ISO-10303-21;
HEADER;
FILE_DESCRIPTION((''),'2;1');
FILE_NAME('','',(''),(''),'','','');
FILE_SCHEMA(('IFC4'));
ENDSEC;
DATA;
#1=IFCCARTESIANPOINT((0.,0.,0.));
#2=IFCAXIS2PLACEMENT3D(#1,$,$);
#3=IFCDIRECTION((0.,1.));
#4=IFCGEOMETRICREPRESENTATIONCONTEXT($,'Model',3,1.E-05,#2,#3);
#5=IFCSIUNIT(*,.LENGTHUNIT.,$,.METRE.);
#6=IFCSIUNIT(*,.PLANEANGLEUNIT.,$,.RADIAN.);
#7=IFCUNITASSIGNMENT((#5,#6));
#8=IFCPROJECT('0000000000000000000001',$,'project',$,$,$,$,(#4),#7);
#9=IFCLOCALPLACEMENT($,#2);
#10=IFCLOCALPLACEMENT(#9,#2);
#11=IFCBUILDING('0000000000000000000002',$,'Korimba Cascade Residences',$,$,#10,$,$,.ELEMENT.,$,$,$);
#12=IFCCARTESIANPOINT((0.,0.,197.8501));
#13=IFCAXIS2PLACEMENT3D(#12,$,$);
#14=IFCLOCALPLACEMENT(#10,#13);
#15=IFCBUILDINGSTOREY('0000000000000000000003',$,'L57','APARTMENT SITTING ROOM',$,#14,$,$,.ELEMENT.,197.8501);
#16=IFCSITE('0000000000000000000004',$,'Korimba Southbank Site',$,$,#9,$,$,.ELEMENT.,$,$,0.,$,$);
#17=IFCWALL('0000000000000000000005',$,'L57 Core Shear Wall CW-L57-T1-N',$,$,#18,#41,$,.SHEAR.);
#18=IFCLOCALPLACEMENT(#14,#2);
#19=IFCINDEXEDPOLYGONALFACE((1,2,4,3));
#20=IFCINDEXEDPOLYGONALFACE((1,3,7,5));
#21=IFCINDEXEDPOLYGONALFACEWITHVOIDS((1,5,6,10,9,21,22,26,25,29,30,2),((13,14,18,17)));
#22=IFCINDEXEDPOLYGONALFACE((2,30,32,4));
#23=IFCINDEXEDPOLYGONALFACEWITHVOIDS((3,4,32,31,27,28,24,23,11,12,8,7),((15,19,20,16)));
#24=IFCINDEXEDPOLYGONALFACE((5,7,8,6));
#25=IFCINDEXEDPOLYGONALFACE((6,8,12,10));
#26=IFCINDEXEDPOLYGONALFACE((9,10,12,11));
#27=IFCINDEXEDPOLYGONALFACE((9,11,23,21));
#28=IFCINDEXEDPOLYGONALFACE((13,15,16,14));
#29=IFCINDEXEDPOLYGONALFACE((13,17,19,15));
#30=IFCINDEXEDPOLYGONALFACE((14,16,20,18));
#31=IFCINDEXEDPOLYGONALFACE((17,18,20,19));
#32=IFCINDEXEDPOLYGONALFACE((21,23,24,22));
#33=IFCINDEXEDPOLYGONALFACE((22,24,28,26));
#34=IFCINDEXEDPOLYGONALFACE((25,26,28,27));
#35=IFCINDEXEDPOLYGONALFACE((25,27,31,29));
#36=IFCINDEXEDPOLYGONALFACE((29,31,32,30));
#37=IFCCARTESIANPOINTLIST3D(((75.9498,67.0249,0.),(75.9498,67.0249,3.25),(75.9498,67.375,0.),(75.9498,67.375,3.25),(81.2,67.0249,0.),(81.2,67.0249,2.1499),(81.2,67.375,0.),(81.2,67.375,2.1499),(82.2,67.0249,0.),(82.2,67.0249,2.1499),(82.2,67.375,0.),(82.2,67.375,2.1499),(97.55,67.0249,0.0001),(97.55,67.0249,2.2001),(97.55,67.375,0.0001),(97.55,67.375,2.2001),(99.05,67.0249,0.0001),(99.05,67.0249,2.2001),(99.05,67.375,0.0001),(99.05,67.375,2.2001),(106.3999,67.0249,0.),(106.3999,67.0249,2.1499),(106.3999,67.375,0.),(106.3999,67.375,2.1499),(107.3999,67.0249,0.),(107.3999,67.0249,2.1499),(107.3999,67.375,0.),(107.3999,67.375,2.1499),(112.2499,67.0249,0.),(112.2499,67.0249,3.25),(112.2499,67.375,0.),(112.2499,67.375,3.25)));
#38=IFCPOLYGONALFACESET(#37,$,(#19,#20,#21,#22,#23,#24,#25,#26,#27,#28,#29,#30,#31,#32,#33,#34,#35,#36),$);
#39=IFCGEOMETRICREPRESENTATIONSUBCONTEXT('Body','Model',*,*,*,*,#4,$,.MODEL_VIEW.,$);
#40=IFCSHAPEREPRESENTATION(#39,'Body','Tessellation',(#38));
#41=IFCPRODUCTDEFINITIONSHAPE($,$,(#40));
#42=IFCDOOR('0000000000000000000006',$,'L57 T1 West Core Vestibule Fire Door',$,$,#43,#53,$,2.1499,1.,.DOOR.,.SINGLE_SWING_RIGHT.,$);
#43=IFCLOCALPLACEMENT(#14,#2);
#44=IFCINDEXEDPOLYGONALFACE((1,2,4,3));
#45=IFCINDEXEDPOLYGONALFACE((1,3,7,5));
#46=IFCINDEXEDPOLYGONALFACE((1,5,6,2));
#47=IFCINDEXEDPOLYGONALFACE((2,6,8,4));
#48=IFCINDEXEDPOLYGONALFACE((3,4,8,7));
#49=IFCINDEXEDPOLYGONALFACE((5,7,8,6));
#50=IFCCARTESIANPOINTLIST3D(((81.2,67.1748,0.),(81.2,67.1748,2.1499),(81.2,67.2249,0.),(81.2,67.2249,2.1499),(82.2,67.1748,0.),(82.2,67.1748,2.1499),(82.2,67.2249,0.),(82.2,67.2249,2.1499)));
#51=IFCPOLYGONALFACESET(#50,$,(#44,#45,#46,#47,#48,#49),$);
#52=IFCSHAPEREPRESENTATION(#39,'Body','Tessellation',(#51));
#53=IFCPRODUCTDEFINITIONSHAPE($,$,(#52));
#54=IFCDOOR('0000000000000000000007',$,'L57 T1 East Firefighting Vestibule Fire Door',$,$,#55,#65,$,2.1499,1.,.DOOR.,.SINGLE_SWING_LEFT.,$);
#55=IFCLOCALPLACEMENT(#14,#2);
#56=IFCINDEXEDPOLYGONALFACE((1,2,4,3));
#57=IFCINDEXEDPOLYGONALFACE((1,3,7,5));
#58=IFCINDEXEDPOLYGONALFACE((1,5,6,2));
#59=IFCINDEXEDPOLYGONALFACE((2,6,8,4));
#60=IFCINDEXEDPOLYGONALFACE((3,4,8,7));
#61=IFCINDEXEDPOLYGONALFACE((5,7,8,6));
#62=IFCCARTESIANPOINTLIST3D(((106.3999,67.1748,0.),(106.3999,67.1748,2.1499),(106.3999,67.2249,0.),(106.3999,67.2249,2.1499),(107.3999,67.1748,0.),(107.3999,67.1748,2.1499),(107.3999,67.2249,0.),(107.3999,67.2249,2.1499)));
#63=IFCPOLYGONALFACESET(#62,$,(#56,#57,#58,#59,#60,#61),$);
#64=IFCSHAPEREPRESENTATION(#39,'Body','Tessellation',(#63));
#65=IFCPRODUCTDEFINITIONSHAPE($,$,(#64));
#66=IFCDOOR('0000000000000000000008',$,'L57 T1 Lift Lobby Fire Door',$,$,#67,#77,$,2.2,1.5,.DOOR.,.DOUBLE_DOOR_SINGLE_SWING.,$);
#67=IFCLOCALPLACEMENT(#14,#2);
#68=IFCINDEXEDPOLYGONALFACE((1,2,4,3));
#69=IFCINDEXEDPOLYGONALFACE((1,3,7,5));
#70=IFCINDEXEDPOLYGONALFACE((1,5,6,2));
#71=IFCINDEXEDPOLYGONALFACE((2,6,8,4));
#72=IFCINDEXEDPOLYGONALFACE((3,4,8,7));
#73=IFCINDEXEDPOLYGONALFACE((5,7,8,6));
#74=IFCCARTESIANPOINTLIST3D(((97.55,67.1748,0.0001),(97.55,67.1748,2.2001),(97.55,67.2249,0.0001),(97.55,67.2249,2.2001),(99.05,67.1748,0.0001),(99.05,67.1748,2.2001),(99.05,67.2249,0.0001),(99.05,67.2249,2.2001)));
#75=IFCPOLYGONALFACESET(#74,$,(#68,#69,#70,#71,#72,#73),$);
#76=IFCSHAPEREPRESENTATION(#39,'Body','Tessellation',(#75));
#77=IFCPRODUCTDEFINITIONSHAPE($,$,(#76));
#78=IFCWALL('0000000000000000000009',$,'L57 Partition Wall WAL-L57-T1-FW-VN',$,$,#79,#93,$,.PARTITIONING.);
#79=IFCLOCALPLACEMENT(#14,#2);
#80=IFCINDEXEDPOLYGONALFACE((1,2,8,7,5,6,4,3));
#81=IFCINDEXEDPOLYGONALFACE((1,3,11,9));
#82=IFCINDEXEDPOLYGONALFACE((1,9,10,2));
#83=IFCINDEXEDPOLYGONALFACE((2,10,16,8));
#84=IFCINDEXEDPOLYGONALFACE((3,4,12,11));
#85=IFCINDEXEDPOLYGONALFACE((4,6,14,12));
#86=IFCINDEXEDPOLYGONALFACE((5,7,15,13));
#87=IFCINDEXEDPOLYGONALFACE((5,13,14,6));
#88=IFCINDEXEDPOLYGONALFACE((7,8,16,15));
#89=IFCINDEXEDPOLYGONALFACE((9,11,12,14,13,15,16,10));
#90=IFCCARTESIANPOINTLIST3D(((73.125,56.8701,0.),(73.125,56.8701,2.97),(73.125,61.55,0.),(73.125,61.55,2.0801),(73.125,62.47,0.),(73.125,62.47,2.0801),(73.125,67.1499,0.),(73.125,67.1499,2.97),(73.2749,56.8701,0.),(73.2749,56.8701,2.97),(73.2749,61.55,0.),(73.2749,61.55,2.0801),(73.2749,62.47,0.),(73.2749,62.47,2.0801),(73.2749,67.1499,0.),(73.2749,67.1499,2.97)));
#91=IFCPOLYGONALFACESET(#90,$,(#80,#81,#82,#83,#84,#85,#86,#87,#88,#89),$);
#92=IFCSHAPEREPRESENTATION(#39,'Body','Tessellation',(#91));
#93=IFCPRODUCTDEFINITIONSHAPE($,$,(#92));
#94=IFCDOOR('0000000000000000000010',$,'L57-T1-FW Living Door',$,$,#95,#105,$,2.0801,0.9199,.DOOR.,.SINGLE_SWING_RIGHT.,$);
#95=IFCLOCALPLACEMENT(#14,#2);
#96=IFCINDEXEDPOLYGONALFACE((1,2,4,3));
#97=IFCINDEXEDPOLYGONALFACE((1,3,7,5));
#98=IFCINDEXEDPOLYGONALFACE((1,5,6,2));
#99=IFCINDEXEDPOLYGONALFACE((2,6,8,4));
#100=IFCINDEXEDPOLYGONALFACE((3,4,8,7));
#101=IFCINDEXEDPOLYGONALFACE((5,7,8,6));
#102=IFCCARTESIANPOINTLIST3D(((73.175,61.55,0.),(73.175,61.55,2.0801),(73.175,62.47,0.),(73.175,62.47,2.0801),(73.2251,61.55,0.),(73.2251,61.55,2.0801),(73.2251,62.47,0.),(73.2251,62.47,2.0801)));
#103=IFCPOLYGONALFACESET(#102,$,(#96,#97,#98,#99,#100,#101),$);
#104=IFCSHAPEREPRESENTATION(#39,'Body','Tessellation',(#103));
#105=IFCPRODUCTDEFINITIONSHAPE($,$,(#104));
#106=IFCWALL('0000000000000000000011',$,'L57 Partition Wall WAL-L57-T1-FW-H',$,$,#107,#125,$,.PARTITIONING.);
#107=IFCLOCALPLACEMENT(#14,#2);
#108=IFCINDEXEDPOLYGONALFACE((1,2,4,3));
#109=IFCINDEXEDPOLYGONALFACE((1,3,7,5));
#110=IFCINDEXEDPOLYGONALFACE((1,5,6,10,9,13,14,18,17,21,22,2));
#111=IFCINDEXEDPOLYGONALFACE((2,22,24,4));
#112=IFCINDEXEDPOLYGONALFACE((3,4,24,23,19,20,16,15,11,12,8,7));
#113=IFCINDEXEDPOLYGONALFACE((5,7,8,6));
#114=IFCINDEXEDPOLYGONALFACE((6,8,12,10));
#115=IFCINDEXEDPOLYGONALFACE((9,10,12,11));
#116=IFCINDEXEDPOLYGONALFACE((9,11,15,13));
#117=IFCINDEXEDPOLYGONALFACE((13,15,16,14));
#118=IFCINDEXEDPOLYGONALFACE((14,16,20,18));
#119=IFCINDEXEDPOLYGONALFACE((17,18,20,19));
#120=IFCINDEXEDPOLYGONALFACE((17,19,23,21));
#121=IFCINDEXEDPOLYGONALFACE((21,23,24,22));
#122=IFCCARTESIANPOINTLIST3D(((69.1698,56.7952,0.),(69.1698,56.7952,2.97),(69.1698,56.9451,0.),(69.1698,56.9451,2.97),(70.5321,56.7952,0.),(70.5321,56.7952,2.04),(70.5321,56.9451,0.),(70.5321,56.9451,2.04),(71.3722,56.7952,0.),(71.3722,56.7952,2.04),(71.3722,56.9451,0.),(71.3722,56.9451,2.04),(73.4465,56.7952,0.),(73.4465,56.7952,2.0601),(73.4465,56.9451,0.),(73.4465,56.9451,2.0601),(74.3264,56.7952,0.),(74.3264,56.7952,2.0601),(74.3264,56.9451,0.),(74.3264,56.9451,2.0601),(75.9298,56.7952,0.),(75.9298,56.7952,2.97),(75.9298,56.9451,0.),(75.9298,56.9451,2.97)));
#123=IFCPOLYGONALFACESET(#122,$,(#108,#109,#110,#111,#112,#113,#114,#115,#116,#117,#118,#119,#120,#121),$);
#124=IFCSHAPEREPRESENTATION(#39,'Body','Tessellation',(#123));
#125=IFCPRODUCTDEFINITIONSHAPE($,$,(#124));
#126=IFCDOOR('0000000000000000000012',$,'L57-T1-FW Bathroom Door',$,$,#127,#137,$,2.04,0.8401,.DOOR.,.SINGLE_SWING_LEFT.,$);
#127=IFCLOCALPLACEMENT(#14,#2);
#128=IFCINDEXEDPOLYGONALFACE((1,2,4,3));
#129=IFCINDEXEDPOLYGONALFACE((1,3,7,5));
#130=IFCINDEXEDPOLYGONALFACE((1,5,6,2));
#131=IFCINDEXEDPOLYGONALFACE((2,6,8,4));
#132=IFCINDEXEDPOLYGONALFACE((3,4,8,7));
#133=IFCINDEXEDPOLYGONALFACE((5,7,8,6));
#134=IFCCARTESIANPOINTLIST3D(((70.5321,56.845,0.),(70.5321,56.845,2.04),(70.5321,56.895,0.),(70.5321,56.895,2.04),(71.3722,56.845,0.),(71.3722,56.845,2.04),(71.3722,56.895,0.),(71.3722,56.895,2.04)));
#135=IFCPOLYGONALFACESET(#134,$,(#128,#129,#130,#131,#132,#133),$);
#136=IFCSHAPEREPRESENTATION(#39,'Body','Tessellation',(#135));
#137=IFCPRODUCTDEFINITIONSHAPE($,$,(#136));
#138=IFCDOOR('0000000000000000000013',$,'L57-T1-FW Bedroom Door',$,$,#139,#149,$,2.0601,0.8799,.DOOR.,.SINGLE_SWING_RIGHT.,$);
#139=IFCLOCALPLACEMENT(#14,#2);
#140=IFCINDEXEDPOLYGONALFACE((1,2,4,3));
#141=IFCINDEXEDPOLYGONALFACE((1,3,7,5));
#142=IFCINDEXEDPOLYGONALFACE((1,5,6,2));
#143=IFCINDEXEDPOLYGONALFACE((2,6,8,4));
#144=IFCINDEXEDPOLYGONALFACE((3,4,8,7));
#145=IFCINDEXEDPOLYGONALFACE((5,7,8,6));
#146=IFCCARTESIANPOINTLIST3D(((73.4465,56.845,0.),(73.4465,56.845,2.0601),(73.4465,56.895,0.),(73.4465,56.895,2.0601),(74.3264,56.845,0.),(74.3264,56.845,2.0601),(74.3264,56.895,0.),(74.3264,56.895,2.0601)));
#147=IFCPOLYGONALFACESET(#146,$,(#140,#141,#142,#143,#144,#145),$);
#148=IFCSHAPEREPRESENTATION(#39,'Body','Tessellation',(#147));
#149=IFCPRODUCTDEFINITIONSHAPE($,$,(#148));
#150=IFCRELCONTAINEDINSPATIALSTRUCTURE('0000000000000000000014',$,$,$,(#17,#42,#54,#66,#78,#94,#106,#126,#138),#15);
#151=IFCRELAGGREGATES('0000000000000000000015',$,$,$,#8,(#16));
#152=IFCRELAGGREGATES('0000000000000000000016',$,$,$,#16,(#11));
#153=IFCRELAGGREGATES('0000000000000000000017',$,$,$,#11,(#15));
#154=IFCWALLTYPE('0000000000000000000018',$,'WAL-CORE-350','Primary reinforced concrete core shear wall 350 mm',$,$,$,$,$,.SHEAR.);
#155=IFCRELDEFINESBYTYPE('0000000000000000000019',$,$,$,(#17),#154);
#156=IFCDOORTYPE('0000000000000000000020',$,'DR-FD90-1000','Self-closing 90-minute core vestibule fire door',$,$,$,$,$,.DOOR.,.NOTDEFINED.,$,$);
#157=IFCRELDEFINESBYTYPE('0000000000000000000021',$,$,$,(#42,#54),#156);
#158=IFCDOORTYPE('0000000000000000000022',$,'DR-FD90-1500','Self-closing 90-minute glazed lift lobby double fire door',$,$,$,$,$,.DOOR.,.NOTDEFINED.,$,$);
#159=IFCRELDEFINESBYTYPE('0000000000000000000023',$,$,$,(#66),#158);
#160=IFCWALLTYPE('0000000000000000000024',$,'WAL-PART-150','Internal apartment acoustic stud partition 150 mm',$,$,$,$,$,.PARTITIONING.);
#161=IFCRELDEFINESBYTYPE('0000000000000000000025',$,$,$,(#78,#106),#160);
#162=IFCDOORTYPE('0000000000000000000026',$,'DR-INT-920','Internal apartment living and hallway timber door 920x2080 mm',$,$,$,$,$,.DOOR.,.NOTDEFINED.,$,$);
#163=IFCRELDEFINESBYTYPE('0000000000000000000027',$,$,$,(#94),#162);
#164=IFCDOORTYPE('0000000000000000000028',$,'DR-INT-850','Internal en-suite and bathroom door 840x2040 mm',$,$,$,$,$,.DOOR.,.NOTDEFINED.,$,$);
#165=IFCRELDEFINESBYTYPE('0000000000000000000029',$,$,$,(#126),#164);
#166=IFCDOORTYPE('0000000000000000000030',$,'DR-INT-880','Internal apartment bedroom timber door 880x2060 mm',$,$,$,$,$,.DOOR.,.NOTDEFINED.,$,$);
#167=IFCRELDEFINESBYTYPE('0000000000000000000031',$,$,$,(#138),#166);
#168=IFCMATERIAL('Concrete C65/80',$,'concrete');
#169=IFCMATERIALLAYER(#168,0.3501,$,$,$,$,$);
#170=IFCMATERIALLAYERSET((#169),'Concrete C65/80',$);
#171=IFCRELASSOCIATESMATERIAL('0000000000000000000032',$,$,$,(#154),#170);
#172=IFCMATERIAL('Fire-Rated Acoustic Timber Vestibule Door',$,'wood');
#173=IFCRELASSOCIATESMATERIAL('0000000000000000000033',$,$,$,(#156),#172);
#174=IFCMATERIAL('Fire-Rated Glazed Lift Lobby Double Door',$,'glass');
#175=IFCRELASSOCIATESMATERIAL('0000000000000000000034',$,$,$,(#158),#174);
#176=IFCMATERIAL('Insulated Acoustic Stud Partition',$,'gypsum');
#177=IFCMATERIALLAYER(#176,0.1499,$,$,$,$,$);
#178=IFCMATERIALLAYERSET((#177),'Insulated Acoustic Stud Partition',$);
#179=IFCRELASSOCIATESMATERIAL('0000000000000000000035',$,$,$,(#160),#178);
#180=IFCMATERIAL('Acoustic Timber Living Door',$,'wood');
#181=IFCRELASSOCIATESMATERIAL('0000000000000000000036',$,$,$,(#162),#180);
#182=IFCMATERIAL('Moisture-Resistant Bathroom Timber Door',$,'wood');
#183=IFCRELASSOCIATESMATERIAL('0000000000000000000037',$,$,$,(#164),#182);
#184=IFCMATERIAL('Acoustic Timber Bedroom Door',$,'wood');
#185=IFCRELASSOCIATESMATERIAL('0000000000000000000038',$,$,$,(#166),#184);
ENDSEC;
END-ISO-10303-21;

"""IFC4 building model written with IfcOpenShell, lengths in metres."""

from ifc_helpers import new_model, si_unit, direction, frame, frame_2d, origin, place, context, subcontext, project, spatial, rectangle, extrude, material, layer, layer_set, type_object, element, fill, save


model = new_model("IFC4")

# Units and contexts
model_context = context("Model", 3, precision=1e-05, world=origin(), true_north=direction((0.0, 1.0)))
body_context = subcontext(model_context, "Body", "Model", "MODEL_VIEW")
ifc_project = project(units=[si_unit("LENGTHUNIT", "METRE"), si_unit("PLANEANGLEUNIT", "RADIAN")], contexts=[model_context])

# Site, building, storey
site_placement = place(None, origin())
site = spatial("IfcSite", under=ifc_project, at=site_placement, Name="Korimba Southbank Site", CompositionType="ELEMENT", RefElevation=0.0)
building_placement = place(site_placement, origin())
building = spatial("IfcBuilding", under=site, at=building_placement, Name="Korimba Cascade Residences", CompositionType="ELEMENT")
storey_placement = place(building_placement, frame((0.0, 0.0, 197.8501)))
storey = spatial("IfcBuildingStorey", under=building, at=storey_placement, Name="L57", Description="APARTMENT SITTING ROOM", CompositionType="ELEMENT", Elevation=197.8501)

# Shared definitions
ifc_material_1 = material(Name="Concrete C65/80", Category="concrete")

# Shared definitions
ifc_layer_1 = layer(ifc_material_1, 0.3501)
ifc_layer_set_1 = layer_set([ifc_layer_1], Name="Concrete C65/80")
wall_type_1 = type_object("IfcWallType", Name="WAL-CORE-350", Description="Primary reinforced concrete core shear wall 350 mm", PredefinedType="SHEAR", material=ifc_layer_set_1)

# Wall, openings, doors
wall_1_placement = place(storey_placement, frame((75.95, 67.2, 0.0), z_axis=(0.0, 0.0, 1.0), x_axis=(1.0, 0.0, 0.0)))
wall_1 = element("IfcWall", 1, at=wall_1_placement, inside=storey, type_object=wall_type_1, Name="L57 Core Shear Wall CW-L57-T1-N", PredefinedType="SHEAR", context=body_context, shape_type="SweptSolid", body=[
    extrude(rectangle(XDim=36.3, YDim=0.3501, at=frame_2d((18.1499, 0.0))), origin(), (0.0, 0.0, 1.0), 3.25),
])
opening_1_placement = place(wall_1_placement, frame((5.25, 0.0, 0.0)))
opening_1 = element("IfcOpeningElement", 2, at=opening_1_placement, cuts=wall_1, PredefinedType="OPENING", context=body_context, shape_type="SweptSolid", body=[
    extrude(rectangle(XDim=1.0, YDim=2.1499, at=frame_2d((0.5, 1.075))), frame((0.0, 0.1851, 0.0), z_axis=(0.0, -1.0, 0.0), x_axis=(1.0, 0.0, 0.0)), (0.0, 0.0, 1.0), 0.3701),
])
opening_2_placement = place(wall_1_placement, frame((21.6001, 0.0, 0.0)))
opening_2 = element("IfcOpeningElement", 3, at=opening_2_placement, cuts=wall_1, PredefinedType="OPENING", context=body_context, shape_type="SweptSolid", body=[
    extrude(rectangle(XDim=1.5, YDim=2.2, at=frame_2d((0.75, 1.1001))), frame((0.0, 0.1851, 0.0), z_axis=(0.0, -1.0, 0.0), x_axis=(1.0, 0.0, 0.0)), (0.0, 0.0, 1.0), 0.3701),
])
opening_3_placement = place(wall_1_placement, frame((30.45, 0.0, 0.0)))
opening_3 = element("IfcOpeningElement", 4, at=opening_3_placement, cuts=wall_1, PredefinedType="OPENING", context=body_context, shape_type="SweptSolid", body=[
    extrude(rectangle(XDim=1.0, YDim=2.1499, at=frame_2d((0.5, 1.075))), frame((0.0, 0.1851, 0.0), z_axis=(0.0, -1.0, 0.0), x_axis=(1.0, 0.0, 0.0)), (0.0, 0.0, 1.0), 0.3701),
])
ifc_material_2 = material(Name="Fire-Rated Acoustic Timber Vestibule Door", Category="wood")
door_type_1 = type_object("IfcDoorType", Name="DR-FD90-1000", Description="Self-closing 90-minute core vestibule fire door", OperationType="NOTDEFINED", PredefinedType="DOOR", material=ifc_material_2)
door_1_placement = place(opening_1_placement, origin())
door_1 = element("IfcDoor", 5, at=door_1_placement, inside=storey, type_object=door_type_1, Name="L57 T1 West Core Vestibule Fire Door", OperationType="SINGLE_SWING_RIGHT", OverallHeight=2.1499, OverallWidth=1.0, PredefinedType="DOOR", context=body_context, shape_type="SweptSolid", body=[
    extrude(rectangle(XDim=1.0, YDim=2.1499, at=frame_2d((0.5, 1.075))), frame((0.0, 0.0249, 0.0), z_axis=(0.0, -1.0, 0.0), x_axis=(1.0, 0.0, 0.0)), (0.0, 0.0, 1.0), 0.05),
])
fill(opening_1, door_1)
door_2_placement = place(opening_3_placement, origin())
door_2 = element("IfcDoor", 6, at=door_2_placement, inside=storey, type_object=door_type_1, Name="L57 T1 East Firefighting Vestibule Fire Door", OperationType="SINGLE_SWING_LEFT", OverallHeight=2.1499, OverallWidth=1.0, PredefinedType="DOOR", context=body_context, shape_type="SweptSolid", body=[
    extrude(rectangle(XDim=1.0, YDim=2.1499, at=frame_2d((0.5, 1.075))), frame((0.0, 0.0249, 0.0), z_axis=(0.0, -1.0, 0.0), x_axis=(1.0, 0.0, 0.0)), (0.0, 0.0, 1.0), 0.05),
])
fill(opening_3, door_2)
ifc_material_3 = material(Name="Fire-Rated Glazed Lift Lobby Double Door", Category="glass")
door_type_2 = type_object("IfcDoorType", Name="DR-FD90-1500", Description="Self-closing 90-minute glazed lift lobby double fire door", OperationType="NOTDEFINED", PredefinedType="DOOR", material=ifc_material_3)
door_3_placement = place(opening_2_placement, origin())
door_3 = element("IfcDoor", 7, at=door_3_placement, inside=storey, type_object=door_type_2, Name="L57 T1 Lift Lobby Fire Door", OperationType="DOUBLE_DOOR_SINGLE_SWING", OverallHeight=2.2, OverallWidth=1.5, PredefinedType="DOOR", context=body_context, shape_type="SweptSolid", body=[
    extrude(rectangle(XDim=1.5, YDim=2.2, at=frame_2d((0.75, 1.1001))), frame((0.0, 0.0249, 0.0), z_axis=(0.0, -1.0, 0.0), x_axis=(1.0, 0.0, 0.0)), (0.0, 0.0, 1.0), 0.05),
])
fill(opening_2, door_3)

# Wall, opening, door
ifc_material_4 = material(Name="Insulated Acoustic Stud Partition", Category="gypsum")
ifc_layer_2 = layer(ifc_material_4, 0.1499)
ifc_layer_set_2 = layer_set([ifc_layer_2], Name="Insulated Acoustic Stud Partition")
wall_type_2 = type_object("IfcWallType", Name="WAL-PART-150", Description="Internal apartment acoustic stud partition 150 mm", PredefinedType="PARTITIONING", material=ifc_layer_set_2)
wall_2_placement = place(storey_placement, frame((73.2, 56.8701, 0.0), z_axis=(0.0, 0.0, 1.0), x_axis=(0.0, 1.0, 0.0)))
wall_2 = element("IfcWall", 8, at=wall_2_placement, inside=storey, type_object=wall_type_2, Name="L57 Partition Wall WAL-L57-T1-FW-VN", PredefinedType="PARTITIONING", context=body_context, shape_type="SweptSolid", body=[
    extrude(rectangle(XDim=10.2798, YDim=0.1499, at=frame_2d((5.1399, 0.0))), origin(), (0.0, 0.0, 1.0), 2.97),
])
opening_4_placement = place(wall_2_placement, frame((4.6799, 0.0, 0.0)))
opening_4 = element("IfcOpeningElement", 9, at=opening_4_placement, cuts=wall_2, PredefinedType="OPENING", context=body_context, shape_type="SweptSolid", body=[
    extrude(rectangle(XDim=0.9199, YDim=2.0801, at=frame_2d((0.46, 1.04))), frame((0.0, 0.085, 0.0), z_axis=(0.0, -1.0, 0.0), x_axis=(1.0, 0.0, 0.0)), (0.0, 0.0, 1.0), 0.1699),
])
ifc_material_5 = material(Name="Acoustic Timber Living Door", Category="wood")
door_type_3 = type_object("IfcDoorType", Name="DR-INT-920", Description="Internal apartment living and hallway timber door 920x2080 mm", OperationType="NOTDEFINED", PredefinedType="DOOR", material=ifc_material_5)
door_4_placement = place(opening_4_placement, origin())
door_4 = element("IfcDoor", 10, at=door_4_placement, inside=storey, type_object=door_type_3, Name="L57-T1-FW Living Door", OperationType="SINGLE_SWING_RIGHT", OverallHeight=2.0801, OverallWidth=0.9199, PredefinedType="DOOR", context=body_context, shape_type="SweptSolid", body=[
    extrude(rectangle(XDim=0.9199, YDim=2.0801, at=frame_2d((0.46, 1.04))), frame((0.0, 0.0249, 0.0), z_axis=(0.0, -1.0, 0.0), x_axis=(1.0, 0.0, 0.0)), (0.0, 0.0, 1.0), 0.05),
])
fill(opening_4, door_4)

# Wall, openings, doors
wall_3_placement = place(storey_placement, frame((69.1699, 56.8701, 0.0), z_axis=(0.0, 0.0, 1.0), x_axis=(1.0, 0.0, 0.0)))
wall_3 = element("IfcWall", 11, at=wall_3_placement, inside=storey, type_object=wall_type_2, Name="L57 Partition Wall WAL-L57-T1-FW-H", PredefinedType="PARTITIONING", context=body_context, shape_type="SweptSolid", body=[
    extrude(rectangle(XDim=6.76, YDim=0.1499, at=frame_2d((3.3799, 0.0))), origin(), (0.0, 0.0, 1.0), 2.97),
])
opening_5_placement = place(wall_3_placement, frame((1.3623, 0.0, 0.0)))
opening_5 = element("IfcOpeningElement", 12, at=opening_5_placement, cuts=wall_3, PredefinedType="OPENING", context=body_context, shape_type="SweptSolid", body=[
    extrude(rectangle(XDim=0.8401, YDim=2.04, at=frame_2d((0.4199, 1.02))), frame((0.0, 0.085, 0.0), z_axis=(0.0, -1.0, 0.0), x_axis=(1.0, 0.0, 0.0)), (0.0, 0.0, 1.0), 0.1699),
])
opening_6_placement = place(wall_3_placement, frame((4.2766, 0.0, 0.0)))
opening_6 = element("IfcOpeningElement", 13, at=opening_6_placement, cuts=wall_3, PredefinedType="OPENING", context=body_context, shape_type="SweptSolid", body=[
    extrude(rectangle(XDim=0.8799, YDim=2.0601, at=frame_2d((0.4399, 1.03))), frame((0.0, 0.085, 0.0), z_axis=(0.0, -1.0, 0.0), x_axis=(1.0, 0.0, 0.0)), (0.0, 0.0, 1.0), 0.1699),
])
ifc_material_6 = material(Name="Moisture-Resistant Bathroom Timber Door", Category="wood")
door_type_4 = type_object("IfcDoorType", Name="DR-INT-850", Description="Internal en-suite and bathroom door 840x2040 mm", OperationType="NOTDEFINED", PredefinedType="DOOR", material=ifc_material_6)
door_5_placement = place(opening_5_placement, origin())
door_5 = element("IfcDoor", 14, at=door_5_placement, inside=storey, type_object=door_type_4, Name="L57-T1-FW Bathroom Door", OperationType="SINGLE_SWING_LEFT", OverallHeight=2.04, OverallWidth=0.8401, PredefinedType="DOOR", context=body_context, shape_type="SweptSolid", body=[
    extrude(rectangle(XDim=0.8401, YDim=2.04, at=frame_2d((0.4199, 1.02))), frame((0.0, 0.0249, 0.0), z_axis=(0.0, -1.0, 0.0), x_axis=(1.0, 0.0, 0.0)), (0.0, 0.0, 1.0), 0.05),
])
fill(opening_5, door_5)
ifc_material_7 = material(Name="Acoustic Timber Bedroom Door", Category="wood")
door_type_5 = type_object("IfcDoorType", Name="DR-INT-880", Description="Internal apartment bedroom timber door 880x2060 mm", OperationType="NOTDEFINED", PredefinedType="DOOR", material=ifc_material_7)
door_6_placement = place(opening_6_placement, origin())
door_6 = element("IfcDoor", 15, at=door_6_placement, inside=storey, type_object=door_type_5, Name="L57-T1-FW Bedroom Door", OperationType="SINGLE_SWING_RIGHT", OverallHeight=2.0601, OverallWidth=0.8799, PredefinedType="DOOR", context=body_context, shape_type="SweptSolid", body=[
    extrude(rectangle(XDim=0.8799, YDim=2.0601, at=frame_2d((0.4399, 1.03))), frame((0.0, 0.0249, 0.0), z_axis=(0.0, -1.0, 0.0), x_axis=(1.0, 0.0, 0.0)), (0.0, 0.0, 1.0), 0.05),
])
fill(opening_6, door_6)

save(model, "model.ifc")
